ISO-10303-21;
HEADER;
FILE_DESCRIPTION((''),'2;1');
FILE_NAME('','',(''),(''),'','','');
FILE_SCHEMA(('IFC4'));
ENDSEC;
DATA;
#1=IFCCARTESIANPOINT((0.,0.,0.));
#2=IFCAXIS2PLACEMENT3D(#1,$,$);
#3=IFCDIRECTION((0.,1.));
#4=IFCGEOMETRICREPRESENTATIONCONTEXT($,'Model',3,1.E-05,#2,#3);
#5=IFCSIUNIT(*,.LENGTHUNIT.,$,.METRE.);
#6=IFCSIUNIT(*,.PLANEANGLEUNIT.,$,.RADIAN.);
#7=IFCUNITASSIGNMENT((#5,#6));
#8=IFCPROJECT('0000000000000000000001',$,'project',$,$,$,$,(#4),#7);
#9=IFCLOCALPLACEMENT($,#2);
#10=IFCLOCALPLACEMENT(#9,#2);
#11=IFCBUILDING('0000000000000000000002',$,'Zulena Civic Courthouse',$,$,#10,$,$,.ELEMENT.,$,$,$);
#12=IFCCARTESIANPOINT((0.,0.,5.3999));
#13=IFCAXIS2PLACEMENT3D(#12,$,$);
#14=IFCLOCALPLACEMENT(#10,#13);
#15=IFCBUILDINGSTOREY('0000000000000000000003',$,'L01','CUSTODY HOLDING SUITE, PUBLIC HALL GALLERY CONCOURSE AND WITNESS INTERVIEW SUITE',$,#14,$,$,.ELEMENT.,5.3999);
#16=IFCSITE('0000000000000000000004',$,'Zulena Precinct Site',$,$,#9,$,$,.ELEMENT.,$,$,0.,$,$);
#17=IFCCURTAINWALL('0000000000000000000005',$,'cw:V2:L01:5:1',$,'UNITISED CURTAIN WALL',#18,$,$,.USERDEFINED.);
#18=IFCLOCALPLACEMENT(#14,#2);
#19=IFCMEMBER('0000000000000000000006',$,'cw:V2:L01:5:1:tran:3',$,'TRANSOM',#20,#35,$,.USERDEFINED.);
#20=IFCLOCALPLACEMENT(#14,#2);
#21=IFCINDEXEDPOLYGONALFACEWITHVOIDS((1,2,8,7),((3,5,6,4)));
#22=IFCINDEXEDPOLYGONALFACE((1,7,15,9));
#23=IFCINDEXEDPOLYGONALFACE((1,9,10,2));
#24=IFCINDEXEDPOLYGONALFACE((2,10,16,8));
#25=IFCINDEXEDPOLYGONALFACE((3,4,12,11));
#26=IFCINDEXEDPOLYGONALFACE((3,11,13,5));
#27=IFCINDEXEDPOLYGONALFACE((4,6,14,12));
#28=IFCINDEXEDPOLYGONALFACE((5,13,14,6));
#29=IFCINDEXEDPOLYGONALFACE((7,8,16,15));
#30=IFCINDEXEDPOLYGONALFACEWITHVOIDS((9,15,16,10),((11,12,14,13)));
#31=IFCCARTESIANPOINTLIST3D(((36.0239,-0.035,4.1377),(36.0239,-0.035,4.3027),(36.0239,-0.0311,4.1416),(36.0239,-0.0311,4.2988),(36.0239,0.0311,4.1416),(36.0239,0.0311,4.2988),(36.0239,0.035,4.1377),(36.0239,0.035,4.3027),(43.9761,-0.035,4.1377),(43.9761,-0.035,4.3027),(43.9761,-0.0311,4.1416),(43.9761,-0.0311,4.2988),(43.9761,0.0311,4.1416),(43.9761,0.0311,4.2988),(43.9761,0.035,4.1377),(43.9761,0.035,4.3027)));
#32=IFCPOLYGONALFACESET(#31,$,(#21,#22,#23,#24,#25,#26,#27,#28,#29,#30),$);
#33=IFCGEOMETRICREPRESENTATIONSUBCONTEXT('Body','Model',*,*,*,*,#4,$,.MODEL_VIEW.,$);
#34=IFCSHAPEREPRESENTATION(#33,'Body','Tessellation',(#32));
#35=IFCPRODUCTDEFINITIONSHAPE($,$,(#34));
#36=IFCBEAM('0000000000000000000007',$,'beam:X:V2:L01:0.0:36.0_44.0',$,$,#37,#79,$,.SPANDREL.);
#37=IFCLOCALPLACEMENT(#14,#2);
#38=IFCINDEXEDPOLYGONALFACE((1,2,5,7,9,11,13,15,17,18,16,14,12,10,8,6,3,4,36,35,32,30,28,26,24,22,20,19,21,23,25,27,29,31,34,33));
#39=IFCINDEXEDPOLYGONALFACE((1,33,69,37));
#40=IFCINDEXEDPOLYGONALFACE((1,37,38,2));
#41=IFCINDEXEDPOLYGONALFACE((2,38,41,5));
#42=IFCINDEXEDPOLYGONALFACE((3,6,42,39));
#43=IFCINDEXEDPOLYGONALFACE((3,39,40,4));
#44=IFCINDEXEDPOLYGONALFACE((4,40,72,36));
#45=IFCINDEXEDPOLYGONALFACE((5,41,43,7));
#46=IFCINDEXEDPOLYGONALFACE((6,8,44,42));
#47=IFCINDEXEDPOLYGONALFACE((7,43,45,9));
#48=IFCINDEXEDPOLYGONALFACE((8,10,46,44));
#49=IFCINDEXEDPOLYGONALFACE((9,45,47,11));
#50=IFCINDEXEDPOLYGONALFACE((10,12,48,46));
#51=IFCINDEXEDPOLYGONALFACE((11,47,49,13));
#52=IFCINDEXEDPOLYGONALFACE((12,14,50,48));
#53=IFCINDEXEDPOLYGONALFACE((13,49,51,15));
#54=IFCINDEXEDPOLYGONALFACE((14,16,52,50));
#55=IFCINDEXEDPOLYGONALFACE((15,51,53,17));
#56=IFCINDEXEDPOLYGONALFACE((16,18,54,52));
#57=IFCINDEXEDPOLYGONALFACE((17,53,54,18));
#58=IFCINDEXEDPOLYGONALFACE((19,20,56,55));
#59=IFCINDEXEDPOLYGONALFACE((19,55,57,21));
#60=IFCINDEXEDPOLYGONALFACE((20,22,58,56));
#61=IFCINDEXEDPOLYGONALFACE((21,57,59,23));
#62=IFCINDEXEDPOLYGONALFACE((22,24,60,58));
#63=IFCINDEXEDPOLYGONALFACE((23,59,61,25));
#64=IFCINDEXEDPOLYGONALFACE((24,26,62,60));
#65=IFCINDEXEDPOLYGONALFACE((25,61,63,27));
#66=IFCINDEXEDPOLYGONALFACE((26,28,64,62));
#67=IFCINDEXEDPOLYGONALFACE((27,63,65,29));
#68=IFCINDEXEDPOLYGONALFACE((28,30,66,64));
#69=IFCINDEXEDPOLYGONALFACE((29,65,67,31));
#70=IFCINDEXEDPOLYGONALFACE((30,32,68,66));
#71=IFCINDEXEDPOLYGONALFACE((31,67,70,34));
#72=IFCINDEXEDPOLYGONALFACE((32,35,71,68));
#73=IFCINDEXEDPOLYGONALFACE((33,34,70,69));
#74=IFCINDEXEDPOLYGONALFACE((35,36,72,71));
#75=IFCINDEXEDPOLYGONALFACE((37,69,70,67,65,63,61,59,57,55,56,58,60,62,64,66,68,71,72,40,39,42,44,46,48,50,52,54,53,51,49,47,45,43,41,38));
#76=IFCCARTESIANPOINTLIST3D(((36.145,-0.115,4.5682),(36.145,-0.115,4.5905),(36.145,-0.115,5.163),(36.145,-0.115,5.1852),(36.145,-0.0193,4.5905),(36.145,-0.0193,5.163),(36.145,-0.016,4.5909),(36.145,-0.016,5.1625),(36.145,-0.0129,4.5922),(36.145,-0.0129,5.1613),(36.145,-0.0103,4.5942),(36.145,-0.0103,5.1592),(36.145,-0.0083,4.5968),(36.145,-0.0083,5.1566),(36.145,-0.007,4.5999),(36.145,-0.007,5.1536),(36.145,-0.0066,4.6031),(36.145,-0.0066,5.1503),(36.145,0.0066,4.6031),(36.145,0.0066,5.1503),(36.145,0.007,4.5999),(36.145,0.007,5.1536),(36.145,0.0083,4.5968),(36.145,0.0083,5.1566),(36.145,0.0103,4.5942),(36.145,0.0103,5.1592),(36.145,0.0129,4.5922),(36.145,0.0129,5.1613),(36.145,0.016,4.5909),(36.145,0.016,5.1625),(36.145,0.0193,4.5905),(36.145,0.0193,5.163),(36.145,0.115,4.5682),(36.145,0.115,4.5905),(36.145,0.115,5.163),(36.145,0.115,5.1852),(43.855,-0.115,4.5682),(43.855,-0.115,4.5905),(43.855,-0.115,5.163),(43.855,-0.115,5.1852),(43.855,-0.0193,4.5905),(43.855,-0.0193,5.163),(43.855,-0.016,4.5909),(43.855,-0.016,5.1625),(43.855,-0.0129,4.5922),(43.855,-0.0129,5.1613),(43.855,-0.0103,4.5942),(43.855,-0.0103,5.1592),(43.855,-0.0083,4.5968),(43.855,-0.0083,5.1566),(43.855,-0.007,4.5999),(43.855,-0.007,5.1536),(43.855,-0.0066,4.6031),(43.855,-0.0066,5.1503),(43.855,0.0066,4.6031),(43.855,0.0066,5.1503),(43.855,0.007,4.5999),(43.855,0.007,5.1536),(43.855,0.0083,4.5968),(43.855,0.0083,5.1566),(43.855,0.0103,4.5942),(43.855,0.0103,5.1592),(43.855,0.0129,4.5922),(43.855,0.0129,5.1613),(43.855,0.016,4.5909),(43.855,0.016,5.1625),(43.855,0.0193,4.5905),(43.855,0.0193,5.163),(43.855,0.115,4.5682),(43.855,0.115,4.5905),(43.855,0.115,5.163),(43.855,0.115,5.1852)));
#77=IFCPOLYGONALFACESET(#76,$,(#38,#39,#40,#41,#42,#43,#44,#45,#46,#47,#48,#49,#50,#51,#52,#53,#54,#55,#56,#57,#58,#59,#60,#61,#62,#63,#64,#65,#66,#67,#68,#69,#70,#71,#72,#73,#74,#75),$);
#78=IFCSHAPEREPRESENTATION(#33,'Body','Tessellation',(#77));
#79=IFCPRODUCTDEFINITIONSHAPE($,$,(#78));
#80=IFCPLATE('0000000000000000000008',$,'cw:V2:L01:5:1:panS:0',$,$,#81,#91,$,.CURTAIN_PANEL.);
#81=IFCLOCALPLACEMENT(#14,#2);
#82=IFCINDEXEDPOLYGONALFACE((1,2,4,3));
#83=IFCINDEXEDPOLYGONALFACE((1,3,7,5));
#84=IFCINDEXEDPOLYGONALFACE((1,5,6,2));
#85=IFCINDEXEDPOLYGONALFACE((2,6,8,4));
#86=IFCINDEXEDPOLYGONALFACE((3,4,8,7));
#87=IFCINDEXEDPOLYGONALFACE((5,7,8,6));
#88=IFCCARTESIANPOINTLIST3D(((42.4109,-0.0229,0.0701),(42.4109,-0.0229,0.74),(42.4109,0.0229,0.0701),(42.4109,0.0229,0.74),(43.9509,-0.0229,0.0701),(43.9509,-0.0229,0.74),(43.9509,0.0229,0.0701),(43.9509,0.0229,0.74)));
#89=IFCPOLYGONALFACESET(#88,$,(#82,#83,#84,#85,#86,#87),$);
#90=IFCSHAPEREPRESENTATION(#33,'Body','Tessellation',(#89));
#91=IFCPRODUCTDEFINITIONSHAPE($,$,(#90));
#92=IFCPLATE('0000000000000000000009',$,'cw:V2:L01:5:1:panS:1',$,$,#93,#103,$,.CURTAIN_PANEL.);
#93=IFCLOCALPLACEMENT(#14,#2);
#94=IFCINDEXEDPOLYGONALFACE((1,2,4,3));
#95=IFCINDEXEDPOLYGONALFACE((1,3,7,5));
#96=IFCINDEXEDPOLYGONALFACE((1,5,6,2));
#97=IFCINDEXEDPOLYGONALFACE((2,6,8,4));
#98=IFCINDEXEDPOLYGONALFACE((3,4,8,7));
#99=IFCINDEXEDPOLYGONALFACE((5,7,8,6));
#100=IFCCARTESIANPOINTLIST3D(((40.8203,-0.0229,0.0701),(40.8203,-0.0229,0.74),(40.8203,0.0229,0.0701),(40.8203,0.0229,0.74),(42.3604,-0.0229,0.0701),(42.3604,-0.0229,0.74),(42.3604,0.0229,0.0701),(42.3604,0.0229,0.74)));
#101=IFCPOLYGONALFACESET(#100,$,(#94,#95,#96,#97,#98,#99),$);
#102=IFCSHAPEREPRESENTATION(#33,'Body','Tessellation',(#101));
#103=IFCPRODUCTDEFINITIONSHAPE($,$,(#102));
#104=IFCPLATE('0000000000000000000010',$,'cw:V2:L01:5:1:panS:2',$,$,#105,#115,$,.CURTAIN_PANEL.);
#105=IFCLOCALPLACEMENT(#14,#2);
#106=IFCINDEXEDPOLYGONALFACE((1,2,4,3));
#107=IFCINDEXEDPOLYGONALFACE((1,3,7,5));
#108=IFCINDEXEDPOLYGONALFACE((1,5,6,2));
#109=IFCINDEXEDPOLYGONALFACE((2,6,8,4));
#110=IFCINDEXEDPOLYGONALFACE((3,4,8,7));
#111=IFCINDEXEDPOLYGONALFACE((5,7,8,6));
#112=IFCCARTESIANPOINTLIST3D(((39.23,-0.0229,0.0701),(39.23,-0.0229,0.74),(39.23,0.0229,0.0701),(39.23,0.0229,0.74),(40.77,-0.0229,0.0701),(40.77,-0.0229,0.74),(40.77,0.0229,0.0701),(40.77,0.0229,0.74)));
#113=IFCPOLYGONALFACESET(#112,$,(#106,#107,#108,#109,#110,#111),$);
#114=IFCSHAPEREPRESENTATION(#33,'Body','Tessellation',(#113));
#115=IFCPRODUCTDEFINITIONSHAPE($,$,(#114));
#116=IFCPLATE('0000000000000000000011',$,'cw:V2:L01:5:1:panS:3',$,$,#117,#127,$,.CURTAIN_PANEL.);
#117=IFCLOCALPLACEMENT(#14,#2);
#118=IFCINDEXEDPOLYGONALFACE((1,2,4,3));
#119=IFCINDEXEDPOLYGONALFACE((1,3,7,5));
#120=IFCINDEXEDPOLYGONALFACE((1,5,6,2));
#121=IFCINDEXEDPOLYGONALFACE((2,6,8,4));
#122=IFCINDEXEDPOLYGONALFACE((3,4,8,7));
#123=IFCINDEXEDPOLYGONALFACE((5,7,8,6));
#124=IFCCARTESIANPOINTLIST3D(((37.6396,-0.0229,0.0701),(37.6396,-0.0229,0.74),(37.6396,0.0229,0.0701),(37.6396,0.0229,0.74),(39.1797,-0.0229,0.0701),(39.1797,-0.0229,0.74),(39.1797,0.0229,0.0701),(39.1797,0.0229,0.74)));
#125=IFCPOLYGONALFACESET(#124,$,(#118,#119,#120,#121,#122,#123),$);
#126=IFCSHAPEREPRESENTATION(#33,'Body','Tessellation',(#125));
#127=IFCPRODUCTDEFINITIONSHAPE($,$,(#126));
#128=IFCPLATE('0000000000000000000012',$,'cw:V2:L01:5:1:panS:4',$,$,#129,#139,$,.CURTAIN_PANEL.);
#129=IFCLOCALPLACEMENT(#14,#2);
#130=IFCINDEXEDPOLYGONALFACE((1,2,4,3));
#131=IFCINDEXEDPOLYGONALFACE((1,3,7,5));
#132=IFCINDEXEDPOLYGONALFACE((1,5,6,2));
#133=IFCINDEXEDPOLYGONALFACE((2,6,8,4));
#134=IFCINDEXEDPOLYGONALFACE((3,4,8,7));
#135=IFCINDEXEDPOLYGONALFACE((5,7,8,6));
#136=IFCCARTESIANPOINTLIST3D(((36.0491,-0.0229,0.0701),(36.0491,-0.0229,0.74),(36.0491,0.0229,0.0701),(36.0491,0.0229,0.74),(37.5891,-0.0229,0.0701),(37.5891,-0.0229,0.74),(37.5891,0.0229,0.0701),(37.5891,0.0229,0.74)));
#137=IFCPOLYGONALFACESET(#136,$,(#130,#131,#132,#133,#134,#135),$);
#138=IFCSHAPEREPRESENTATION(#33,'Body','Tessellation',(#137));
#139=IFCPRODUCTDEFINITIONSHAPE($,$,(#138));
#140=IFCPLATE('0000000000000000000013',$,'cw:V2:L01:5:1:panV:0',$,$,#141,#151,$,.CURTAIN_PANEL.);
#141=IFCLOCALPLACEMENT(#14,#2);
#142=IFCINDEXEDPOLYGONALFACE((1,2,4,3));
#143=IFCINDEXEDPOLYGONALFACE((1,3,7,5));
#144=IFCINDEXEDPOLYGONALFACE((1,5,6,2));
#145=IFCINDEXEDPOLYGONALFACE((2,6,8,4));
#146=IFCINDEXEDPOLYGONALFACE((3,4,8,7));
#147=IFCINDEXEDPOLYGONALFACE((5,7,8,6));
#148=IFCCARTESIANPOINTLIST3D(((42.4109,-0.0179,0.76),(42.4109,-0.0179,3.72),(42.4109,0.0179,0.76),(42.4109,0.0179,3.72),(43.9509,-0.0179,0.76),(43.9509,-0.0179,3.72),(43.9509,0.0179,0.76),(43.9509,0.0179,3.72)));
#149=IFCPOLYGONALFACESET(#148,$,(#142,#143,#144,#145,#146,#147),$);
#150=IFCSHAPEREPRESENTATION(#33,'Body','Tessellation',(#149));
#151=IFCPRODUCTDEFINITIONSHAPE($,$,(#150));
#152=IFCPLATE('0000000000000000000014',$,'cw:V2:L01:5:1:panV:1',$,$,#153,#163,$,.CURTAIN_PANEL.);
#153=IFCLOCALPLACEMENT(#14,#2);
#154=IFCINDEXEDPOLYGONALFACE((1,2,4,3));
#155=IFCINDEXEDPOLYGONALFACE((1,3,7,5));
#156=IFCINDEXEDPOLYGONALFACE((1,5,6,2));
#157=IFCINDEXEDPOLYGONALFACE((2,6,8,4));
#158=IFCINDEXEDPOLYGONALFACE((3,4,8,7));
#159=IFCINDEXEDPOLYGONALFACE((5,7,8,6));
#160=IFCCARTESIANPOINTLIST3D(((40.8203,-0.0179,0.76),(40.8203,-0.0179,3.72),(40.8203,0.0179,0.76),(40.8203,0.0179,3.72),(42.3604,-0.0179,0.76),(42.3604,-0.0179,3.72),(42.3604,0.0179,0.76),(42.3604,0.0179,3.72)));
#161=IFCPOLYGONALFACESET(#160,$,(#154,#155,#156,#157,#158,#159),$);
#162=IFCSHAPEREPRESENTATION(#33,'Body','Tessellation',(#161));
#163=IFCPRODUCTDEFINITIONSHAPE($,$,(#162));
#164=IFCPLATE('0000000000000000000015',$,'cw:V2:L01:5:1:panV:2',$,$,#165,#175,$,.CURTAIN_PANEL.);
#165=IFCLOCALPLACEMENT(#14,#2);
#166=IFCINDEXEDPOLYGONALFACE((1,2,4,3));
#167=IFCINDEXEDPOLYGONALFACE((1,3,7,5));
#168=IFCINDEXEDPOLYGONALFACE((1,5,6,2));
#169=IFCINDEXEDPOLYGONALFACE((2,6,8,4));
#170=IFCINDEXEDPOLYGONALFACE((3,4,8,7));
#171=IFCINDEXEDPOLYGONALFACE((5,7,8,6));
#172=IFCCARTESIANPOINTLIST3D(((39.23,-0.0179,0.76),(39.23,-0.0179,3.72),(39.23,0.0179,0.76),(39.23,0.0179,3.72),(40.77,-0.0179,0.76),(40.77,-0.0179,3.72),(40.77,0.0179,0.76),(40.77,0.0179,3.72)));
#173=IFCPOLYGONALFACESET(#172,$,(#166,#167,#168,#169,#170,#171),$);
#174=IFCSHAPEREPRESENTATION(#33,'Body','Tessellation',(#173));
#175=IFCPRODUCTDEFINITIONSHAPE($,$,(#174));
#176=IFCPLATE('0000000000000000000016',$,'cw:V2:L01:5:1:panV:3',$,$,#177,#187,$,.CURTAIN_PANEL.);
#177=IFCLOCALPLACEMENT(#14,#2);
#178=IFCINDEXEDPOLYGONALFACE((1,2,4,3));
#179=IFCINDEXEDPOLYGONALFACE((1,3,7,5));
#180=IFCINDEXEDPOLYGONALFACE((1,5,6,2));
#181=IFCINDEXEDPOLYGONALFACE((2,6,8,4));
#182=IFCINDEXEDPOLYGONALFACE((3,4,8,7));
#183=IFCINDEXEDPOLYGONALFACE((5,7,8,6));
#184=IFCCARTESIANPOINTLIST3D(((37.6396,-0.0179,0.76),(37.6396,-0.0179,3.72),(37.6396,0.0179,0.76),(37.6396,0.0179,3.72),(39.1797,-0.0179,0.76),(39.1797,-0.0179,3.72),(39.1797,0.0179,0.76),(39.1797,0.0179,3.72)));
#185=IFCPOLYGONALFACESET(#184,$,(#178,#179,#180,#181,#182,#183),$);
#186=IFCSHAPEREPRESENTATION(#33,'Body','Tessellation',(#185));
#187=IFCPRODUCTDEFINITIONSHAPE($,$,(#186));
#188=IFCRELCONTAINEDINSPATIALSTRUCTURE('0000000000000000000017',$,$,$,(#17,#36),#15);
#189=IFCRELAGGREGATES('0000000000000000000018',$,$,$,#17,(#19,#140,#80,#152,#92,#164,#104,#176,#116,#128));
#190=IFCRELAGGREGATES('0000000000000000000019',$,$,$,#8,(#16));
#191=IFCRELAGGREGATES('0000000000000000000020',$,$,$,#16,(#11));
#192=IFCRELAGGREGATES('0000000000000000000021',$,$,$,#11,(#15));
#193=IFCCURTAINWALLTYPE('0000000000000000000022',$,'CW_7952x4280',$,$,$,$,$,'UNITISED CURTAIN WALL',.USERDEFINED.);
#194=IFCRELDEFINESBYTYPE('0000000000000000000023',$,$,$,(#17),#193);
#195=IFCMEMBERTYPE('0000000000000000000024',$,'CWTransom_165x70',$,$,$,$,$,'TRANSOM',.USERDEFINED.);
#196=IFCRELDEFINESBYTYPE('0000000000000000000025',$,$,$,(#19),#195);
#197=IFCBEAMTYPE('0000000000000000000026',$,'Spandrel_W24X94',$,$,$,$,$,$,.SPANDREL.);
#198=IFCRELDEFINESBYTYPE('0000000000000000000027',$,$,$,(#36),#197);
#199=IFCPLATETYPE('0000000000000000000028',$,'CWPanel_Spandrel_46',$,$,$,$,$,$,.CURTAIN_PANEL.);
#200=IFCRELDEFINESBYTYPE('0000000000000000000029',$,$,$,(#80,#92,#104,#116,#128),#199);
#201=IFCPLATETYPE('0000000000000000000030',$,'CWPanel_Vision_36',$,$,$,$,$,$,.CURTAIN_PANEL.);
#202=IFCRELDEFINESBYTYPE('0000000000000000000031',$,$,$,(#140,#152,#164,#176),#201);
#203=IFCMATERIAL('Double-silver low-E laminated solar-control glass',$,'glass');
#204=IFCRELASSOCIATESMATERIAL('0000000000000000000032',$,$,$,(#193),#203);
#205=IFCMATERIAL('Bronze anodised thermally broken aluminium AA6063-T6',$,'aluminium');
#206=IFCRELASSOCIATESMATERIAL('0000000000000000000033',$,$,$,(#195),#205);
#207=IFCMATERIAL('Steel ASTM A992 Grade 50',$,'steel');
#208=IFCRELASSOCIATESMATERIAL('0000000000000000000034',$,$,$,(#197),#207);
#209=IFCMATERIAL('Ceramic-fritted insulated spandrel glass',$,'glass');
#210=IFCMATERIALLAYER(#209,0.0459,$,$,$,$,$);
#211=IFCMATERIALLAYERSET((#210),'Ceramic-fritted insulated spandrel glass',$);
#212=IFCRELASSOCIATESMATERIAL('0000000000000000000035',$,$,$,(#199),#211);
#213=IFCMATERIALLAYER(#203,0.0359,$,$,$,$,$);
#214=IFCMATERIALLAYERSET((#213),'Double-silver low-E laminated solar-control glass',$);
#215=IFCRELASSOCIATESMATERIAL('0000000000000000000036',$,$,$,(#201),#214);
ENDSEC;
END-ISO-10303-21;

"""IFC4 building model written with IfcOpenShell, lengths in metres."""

from ifc_helpers import new_model, si_unit, direction, frame, origin, origin_2d, place, context, subcontext, project, spatial, rectangle, hollow_rectangle, i_section, extrude, material, layer, layer_set, material_profile, profile_set, type_object, element, aggregate, save


model = new_model("IFC4")

# Units and contexts
model_context = context("Model", 3, precision=1e-05, world=origin(), true_north=direction((0.0, 1.0)))
body_context = subcontext(model_context, "Body", "Model", "MODEL_VIEW")
ifc_project = project(units=[si_unit("LENGTHUNIT", "METRE"), si_unit("PLANEANGLEUNIT", "RADIAN")], contexts=[model_context])

# Site, building, storey
site_placement = place(None, origin())
site = spatial("IfcSite", under=ifc_project, at=site_placement, Name="Zulena Precinct Site", CompositionType="ELEMENT", RefElevation=0.0)
building_placement = place(site_placement, origin())
building = spatial("IfcBuilding", under=site, at=building_placement, Name="Zulena Civic Courthouse", CompositionType="ELEMENT")
storey_placement = place(building_placement, frame((0.0, 0.0, 5.3999)))
storey = spatial("IfcBuildingStorey", under=building, at=storey_placement, Name="L01", Description="CUSTODY HOLDING SUITE, PUBLIC HALL GALLERY CONCOURSE AND WITNESS INTERVIEW SUITE", CompositionType="ELEMENT", Elevation=5.3999)

# Shared definitions
ifc_material_1 = material(Name="Steel ASTM A992 Grade 50", Category="steel")

# Curtain wall, member
ifc_material_2 = material(Name="Double-silver low-E laminated solar-control glass", Category="glass")
curtain_wall_type = type_object("IfcCurtainWallType", Name="CW_7952x4280", ElementType="UNITISED CURTAIN WALL", PredefinedType="USERDEFINED", material=ifc_material_2)
curtain_wall_placement = place(storey_placement, origin())
curtain_wall = element("IfcCurtainWall", 1, at=curtain_wall_placement, inside=storey, type_object=curtain_wall_type, Name="cw:V2:L01:5:1", ObjectType="UNITISED CURTAIN WALL", PredefinedType="USERDEFINED")
ifc_material_3 = material(Name="Bronze anodised thermally broken aluminium AA6063-T6", Category="aluminium")
ifc_material_profile_1 = material_profile(ifc_material_3, hollow_rectangle(XDim=0.0701, YDim=0.165, WallThickness=0.0039, at=origin_2d()), Name="CWT165X70X4")
ifc_profile_set_1 = profile_set([ifc_material_profile_1], Name="Bronze anodised thermally broken aluminium AA6063-T6")
member_type_1 = type_object("IfcMemberType", Name="CWTransom_165x70", ElementType="TRANSOM", PredefinedType="USERDEFINED", material=ifc_profile_set_1)
member_1_placement = place(storey_placement, frame((43.9761, 0.0, 4.2202), z_axis=(-1.0, 0.0, 0.0), x_axis=(0.0, -1.0, 0.0)))
member_1 = element("IfcMember", 2, at=member_1_placement, type_object=member_type_1, Name="cw:V2:L01:5:1:tran:3", ObjectType="TRANSOM", PredefinedType="USERDEFINED", context=body_context, shape_type="SweptSolid", body=[
    extrude(hollow_rectangle(XDim=0.0701, YDim=0.165, WallThickness=0.0039, at=origin_2d()), origin(), (0.0, 0.0, 1.0), 7.9521),
])

# Beam
ifc_material_profile_2 = material_profile(ifc_material_1, i_section(OverallWidth=0.23, OverallDepth=0.6169, WebThickness=0.0132, FlangeThickness=0.0222, FilletRadius=0.0127, at=origin_2d()), Name="W24X94")
ifc_profile_set_2 = profile_set([ifc_material_profile_2], Name="Steel ASTM A992 Grade 50")
beam_type = type_object("IfcBeamType", Name="Spandrel_W24X94", PredefinedType="SPANDREL", material=ifc_profile_set_2)
beam_placement = place(storey_placement, frame((36.145, 0.0, 4.8767), z_axis=(1.0, 0.0, 0.0), x_axis=(0.0, 1.0, 0.0)))
element("IfcBeam", 3, at=beam_placement, inside=storey, type_object=beam_type, Name="beam:X:V2:L01:0.0:36.0_44.0", PredefinedType="SPANDREL", context=body_context, shape_type="SweptSolid", body=[
    extrude(i_section(OverallWidth=0.23, OverallDepth=0.6169, WebThickness=0.0132, FlangeThickness=0.0222, FilletRadius=0.0127, at=origin_2d()), origin(), (0.0, 0.0, 1.0), 7.71),
])

# Plates
ifc_material_4 = material(Name="Ceramic-fritted insulated spandrel glass", Category="glass")
ifc_layer_1 = layer(ifc_material_4, 0.0459)
ifc_layer_set_1 = layer_set([ifc_layer_1], Name="Ceramic-fritted insulated spandrel glass")
plate_type_1 = type_object("IfcPlateType", Name="CWPanel_Spandrel_46", PredefinedType="CURTAIN_PANEL", material=ifc_layer_set_1)
plate_1_placement = place(storey_placement, frame((43.1809, 0.0, 0.0701), z_axis=(0.0, 0.0, 1.0), x_axis=(-1.0, 0.0, 0.0)))
plate_1 = element("IfcPlate", 4, at=plate_1_placement, type_object=plate_type_1, Name="cw:V2:L01:5:1:panS:0", PredefinedType="CURTAIN_PANEL", context=body_context, shape_type="SweptSolid", body=[
    extrude(rectangle(XDim=1.54, YDim=0.0459, at=origin_2d()), origin(), (0.0, 0.0, 1.0), 0.6699),
])
plate_2_placement = place(storey_placement, frame((41.5903, 0.0, 0.0701), z_axis=(0.0, 0.0, 1.0), x_axis=(-1.0, 0.0, 0.0)))
plate_2 = element("IfcPlate", 5, at=plate_2_placement, type_object=plate_type_1, Name="cw:V2:L01:5:1:panS:1", PredefinedType="CURTAIN_PANEL", context=body_context, shape_type="SweptSolid", body=[
    extrude(rectangle(XDim=1.54, YDim=0.0459, at=origin_2d()), origin(), (0.0, 0.0, 1.0), 0.6699),
])
plate_3_placement = place(storey_placement, frame((40.0, 0.0, 0.0701), z_axis=(0.0, 0.0, 1.0), x_axis=(-1.0, 0.0, 0.0)))
plate_3 = element("IfcPlate", 6, at=plate_3_placement, type_object=plate_type_1, Name="cw:V2:L01:5:1:panS:2", PredefinedType="CURTAIN_PANEL", context=body_context, shape_type="SweptSolid", body=[
    extrude(rectangle(XDim=1.54, YDim=0.0459, at=origin_2d()), origin(), (0.0, 0.0, 1.0), 0.6699),
])
plate_4_placement = place(storey_placement, frame((38.4097, 0.0, 0.0701), z_axis=(0.0, 0.0, 1.0), x_axis=(-1.0, 0.0, 0.0)))
plate_4 = element("IfcPlate", 7, at=plate_4_placement, type_object=plate_type_1, Name="cw:V2:L01:5:1:panS:3", PredefinedType="CURTAIN_PANEL", context=body_context, shape_type="SweptSolid", body=[
    extrude(rectangle(XDim=1.54, YDim=0.0459, at=origin_2d()), origin(), (0.0, 0.0, 1.0), 0.6699),
])
plate_5_placement = place(storey_placement, frame((36.8191, 0.0, 0.0701), z_axis=(0.0, 0.0, 1.0), x_axis=(-1.0, 0.0, 0.0)))
plate_5 = element("IfcPlate", 8, at=plate_5_placement, type_object=plate_type_1, Name="cw:V2:L01:5:1:panS:4", PredefinedType="CURTAIN_PANEL", context=body_context, shape_type="SweptSolid", body=[
    extrude(rectangle(XDim=1.54, YDim=0.0459, at=origin_2d()), origin(), (0.0, 0.0, 1.0), 0.6699),
])
ifc_layer_2 = layer(ifc_material_2, 0.0359)
ifc_layer_set_2 = layer_set([ifc_layer_2], Name="Double-silver low-E laminated solar-control glass")
plate_type_2 = type_object("IfcPlateType", Name="CWPanel_Vision_36", PredefinedType="CURTAIN_PANEL", material=ifc_layer_set_2)
plate_6_placement = place(storey_placement, frame((43.1809, 0.0, 0.76), z_axis=(0.0, 0.0, 1.0), x_axis=(-1.0, 0.0, 0.0)))
plate_6 = element("IfcPlate", 9, at=plate_6_placement, type_object=plate_type_2, Name="cw:V2:L01:5:1:panV:0", PredefinedType="CURTAIN_PANEL", context=body_context, shape_type="SweptSolid", body=[
    extrude(rectangle(XDim=1.54, YDim=0.0359, at=origin_2d()), origin(), (0.0, 0.0, 1.0), 2.96),
])
plate_7_placement = place(storey_placement, frame((41.5903, 0.0, 0.76), z_axis=(0.0, 0.0, 1.0), x_axis=(-1.0, 0.0, 0.0)))
plate_7 = element("IfcPlate", 10, at=plate_7_placement, type_object=plate_type_2, Name="cw:V2:L01:5:1:panV:1", PredefinedType="CURTAIN_PANEL", context=body_context, shape_type="SweptSolid", body=[
    extrude(rectangle(XDim=1.54, YDim=0.0359, at=origin_2d()), origin(), (0.0, 0.0, 1.0), 2.96),
])
plate_8_placement = place(storey_placement, frame((40.0, 0.0, 0.76), z_axis=(0.0, 0.0, 1.0), x_axis=(-1.0, 0.0, 0.0)))
plate_8 = element("IfcPlate", 11, at=plate_8_placement, type_object=plate_type_2, Name="cw:V2:L01:5:1:panV:2", PredefinedType="CURTAIN_PANEL", context=body_context, shape_type="SweptSolid", body=[
    extrude(rectangle(XDim=1.54, YDim=0.0359, at=origin_2d()), origin(), (0.0, 0.0, 1.0), 2.96),
])
plate_9_placement = place(storey_placement, frame((38.4097, 0.0, 0.76), z_axis=(0.0, 0.0, 1.0), x_axis=(-1.0, 0.0, 0.0)))
plate_9 = element("IfcPlate", 12, at=plate_9_placement, type_object=plate_type_2, Name="cw:V2:L01:5:1:panV:3", PredefinedType="CURTAIN_PANEL", context=body_context, shape_type="SweptSolid", body=[
    extrude(rectangle(XDim=1.54, YDim=0.0359, at=origin_2d()), origin(), (0.0, 0.0, 1.0), 2.96),
])
aggregate(curtain_wall, [member_1, plate_6, plate_1, plate_7, plate_2, plate_8, plate_3, plate_9, plate_4, plate_5])

save(model, "model.ifc")
